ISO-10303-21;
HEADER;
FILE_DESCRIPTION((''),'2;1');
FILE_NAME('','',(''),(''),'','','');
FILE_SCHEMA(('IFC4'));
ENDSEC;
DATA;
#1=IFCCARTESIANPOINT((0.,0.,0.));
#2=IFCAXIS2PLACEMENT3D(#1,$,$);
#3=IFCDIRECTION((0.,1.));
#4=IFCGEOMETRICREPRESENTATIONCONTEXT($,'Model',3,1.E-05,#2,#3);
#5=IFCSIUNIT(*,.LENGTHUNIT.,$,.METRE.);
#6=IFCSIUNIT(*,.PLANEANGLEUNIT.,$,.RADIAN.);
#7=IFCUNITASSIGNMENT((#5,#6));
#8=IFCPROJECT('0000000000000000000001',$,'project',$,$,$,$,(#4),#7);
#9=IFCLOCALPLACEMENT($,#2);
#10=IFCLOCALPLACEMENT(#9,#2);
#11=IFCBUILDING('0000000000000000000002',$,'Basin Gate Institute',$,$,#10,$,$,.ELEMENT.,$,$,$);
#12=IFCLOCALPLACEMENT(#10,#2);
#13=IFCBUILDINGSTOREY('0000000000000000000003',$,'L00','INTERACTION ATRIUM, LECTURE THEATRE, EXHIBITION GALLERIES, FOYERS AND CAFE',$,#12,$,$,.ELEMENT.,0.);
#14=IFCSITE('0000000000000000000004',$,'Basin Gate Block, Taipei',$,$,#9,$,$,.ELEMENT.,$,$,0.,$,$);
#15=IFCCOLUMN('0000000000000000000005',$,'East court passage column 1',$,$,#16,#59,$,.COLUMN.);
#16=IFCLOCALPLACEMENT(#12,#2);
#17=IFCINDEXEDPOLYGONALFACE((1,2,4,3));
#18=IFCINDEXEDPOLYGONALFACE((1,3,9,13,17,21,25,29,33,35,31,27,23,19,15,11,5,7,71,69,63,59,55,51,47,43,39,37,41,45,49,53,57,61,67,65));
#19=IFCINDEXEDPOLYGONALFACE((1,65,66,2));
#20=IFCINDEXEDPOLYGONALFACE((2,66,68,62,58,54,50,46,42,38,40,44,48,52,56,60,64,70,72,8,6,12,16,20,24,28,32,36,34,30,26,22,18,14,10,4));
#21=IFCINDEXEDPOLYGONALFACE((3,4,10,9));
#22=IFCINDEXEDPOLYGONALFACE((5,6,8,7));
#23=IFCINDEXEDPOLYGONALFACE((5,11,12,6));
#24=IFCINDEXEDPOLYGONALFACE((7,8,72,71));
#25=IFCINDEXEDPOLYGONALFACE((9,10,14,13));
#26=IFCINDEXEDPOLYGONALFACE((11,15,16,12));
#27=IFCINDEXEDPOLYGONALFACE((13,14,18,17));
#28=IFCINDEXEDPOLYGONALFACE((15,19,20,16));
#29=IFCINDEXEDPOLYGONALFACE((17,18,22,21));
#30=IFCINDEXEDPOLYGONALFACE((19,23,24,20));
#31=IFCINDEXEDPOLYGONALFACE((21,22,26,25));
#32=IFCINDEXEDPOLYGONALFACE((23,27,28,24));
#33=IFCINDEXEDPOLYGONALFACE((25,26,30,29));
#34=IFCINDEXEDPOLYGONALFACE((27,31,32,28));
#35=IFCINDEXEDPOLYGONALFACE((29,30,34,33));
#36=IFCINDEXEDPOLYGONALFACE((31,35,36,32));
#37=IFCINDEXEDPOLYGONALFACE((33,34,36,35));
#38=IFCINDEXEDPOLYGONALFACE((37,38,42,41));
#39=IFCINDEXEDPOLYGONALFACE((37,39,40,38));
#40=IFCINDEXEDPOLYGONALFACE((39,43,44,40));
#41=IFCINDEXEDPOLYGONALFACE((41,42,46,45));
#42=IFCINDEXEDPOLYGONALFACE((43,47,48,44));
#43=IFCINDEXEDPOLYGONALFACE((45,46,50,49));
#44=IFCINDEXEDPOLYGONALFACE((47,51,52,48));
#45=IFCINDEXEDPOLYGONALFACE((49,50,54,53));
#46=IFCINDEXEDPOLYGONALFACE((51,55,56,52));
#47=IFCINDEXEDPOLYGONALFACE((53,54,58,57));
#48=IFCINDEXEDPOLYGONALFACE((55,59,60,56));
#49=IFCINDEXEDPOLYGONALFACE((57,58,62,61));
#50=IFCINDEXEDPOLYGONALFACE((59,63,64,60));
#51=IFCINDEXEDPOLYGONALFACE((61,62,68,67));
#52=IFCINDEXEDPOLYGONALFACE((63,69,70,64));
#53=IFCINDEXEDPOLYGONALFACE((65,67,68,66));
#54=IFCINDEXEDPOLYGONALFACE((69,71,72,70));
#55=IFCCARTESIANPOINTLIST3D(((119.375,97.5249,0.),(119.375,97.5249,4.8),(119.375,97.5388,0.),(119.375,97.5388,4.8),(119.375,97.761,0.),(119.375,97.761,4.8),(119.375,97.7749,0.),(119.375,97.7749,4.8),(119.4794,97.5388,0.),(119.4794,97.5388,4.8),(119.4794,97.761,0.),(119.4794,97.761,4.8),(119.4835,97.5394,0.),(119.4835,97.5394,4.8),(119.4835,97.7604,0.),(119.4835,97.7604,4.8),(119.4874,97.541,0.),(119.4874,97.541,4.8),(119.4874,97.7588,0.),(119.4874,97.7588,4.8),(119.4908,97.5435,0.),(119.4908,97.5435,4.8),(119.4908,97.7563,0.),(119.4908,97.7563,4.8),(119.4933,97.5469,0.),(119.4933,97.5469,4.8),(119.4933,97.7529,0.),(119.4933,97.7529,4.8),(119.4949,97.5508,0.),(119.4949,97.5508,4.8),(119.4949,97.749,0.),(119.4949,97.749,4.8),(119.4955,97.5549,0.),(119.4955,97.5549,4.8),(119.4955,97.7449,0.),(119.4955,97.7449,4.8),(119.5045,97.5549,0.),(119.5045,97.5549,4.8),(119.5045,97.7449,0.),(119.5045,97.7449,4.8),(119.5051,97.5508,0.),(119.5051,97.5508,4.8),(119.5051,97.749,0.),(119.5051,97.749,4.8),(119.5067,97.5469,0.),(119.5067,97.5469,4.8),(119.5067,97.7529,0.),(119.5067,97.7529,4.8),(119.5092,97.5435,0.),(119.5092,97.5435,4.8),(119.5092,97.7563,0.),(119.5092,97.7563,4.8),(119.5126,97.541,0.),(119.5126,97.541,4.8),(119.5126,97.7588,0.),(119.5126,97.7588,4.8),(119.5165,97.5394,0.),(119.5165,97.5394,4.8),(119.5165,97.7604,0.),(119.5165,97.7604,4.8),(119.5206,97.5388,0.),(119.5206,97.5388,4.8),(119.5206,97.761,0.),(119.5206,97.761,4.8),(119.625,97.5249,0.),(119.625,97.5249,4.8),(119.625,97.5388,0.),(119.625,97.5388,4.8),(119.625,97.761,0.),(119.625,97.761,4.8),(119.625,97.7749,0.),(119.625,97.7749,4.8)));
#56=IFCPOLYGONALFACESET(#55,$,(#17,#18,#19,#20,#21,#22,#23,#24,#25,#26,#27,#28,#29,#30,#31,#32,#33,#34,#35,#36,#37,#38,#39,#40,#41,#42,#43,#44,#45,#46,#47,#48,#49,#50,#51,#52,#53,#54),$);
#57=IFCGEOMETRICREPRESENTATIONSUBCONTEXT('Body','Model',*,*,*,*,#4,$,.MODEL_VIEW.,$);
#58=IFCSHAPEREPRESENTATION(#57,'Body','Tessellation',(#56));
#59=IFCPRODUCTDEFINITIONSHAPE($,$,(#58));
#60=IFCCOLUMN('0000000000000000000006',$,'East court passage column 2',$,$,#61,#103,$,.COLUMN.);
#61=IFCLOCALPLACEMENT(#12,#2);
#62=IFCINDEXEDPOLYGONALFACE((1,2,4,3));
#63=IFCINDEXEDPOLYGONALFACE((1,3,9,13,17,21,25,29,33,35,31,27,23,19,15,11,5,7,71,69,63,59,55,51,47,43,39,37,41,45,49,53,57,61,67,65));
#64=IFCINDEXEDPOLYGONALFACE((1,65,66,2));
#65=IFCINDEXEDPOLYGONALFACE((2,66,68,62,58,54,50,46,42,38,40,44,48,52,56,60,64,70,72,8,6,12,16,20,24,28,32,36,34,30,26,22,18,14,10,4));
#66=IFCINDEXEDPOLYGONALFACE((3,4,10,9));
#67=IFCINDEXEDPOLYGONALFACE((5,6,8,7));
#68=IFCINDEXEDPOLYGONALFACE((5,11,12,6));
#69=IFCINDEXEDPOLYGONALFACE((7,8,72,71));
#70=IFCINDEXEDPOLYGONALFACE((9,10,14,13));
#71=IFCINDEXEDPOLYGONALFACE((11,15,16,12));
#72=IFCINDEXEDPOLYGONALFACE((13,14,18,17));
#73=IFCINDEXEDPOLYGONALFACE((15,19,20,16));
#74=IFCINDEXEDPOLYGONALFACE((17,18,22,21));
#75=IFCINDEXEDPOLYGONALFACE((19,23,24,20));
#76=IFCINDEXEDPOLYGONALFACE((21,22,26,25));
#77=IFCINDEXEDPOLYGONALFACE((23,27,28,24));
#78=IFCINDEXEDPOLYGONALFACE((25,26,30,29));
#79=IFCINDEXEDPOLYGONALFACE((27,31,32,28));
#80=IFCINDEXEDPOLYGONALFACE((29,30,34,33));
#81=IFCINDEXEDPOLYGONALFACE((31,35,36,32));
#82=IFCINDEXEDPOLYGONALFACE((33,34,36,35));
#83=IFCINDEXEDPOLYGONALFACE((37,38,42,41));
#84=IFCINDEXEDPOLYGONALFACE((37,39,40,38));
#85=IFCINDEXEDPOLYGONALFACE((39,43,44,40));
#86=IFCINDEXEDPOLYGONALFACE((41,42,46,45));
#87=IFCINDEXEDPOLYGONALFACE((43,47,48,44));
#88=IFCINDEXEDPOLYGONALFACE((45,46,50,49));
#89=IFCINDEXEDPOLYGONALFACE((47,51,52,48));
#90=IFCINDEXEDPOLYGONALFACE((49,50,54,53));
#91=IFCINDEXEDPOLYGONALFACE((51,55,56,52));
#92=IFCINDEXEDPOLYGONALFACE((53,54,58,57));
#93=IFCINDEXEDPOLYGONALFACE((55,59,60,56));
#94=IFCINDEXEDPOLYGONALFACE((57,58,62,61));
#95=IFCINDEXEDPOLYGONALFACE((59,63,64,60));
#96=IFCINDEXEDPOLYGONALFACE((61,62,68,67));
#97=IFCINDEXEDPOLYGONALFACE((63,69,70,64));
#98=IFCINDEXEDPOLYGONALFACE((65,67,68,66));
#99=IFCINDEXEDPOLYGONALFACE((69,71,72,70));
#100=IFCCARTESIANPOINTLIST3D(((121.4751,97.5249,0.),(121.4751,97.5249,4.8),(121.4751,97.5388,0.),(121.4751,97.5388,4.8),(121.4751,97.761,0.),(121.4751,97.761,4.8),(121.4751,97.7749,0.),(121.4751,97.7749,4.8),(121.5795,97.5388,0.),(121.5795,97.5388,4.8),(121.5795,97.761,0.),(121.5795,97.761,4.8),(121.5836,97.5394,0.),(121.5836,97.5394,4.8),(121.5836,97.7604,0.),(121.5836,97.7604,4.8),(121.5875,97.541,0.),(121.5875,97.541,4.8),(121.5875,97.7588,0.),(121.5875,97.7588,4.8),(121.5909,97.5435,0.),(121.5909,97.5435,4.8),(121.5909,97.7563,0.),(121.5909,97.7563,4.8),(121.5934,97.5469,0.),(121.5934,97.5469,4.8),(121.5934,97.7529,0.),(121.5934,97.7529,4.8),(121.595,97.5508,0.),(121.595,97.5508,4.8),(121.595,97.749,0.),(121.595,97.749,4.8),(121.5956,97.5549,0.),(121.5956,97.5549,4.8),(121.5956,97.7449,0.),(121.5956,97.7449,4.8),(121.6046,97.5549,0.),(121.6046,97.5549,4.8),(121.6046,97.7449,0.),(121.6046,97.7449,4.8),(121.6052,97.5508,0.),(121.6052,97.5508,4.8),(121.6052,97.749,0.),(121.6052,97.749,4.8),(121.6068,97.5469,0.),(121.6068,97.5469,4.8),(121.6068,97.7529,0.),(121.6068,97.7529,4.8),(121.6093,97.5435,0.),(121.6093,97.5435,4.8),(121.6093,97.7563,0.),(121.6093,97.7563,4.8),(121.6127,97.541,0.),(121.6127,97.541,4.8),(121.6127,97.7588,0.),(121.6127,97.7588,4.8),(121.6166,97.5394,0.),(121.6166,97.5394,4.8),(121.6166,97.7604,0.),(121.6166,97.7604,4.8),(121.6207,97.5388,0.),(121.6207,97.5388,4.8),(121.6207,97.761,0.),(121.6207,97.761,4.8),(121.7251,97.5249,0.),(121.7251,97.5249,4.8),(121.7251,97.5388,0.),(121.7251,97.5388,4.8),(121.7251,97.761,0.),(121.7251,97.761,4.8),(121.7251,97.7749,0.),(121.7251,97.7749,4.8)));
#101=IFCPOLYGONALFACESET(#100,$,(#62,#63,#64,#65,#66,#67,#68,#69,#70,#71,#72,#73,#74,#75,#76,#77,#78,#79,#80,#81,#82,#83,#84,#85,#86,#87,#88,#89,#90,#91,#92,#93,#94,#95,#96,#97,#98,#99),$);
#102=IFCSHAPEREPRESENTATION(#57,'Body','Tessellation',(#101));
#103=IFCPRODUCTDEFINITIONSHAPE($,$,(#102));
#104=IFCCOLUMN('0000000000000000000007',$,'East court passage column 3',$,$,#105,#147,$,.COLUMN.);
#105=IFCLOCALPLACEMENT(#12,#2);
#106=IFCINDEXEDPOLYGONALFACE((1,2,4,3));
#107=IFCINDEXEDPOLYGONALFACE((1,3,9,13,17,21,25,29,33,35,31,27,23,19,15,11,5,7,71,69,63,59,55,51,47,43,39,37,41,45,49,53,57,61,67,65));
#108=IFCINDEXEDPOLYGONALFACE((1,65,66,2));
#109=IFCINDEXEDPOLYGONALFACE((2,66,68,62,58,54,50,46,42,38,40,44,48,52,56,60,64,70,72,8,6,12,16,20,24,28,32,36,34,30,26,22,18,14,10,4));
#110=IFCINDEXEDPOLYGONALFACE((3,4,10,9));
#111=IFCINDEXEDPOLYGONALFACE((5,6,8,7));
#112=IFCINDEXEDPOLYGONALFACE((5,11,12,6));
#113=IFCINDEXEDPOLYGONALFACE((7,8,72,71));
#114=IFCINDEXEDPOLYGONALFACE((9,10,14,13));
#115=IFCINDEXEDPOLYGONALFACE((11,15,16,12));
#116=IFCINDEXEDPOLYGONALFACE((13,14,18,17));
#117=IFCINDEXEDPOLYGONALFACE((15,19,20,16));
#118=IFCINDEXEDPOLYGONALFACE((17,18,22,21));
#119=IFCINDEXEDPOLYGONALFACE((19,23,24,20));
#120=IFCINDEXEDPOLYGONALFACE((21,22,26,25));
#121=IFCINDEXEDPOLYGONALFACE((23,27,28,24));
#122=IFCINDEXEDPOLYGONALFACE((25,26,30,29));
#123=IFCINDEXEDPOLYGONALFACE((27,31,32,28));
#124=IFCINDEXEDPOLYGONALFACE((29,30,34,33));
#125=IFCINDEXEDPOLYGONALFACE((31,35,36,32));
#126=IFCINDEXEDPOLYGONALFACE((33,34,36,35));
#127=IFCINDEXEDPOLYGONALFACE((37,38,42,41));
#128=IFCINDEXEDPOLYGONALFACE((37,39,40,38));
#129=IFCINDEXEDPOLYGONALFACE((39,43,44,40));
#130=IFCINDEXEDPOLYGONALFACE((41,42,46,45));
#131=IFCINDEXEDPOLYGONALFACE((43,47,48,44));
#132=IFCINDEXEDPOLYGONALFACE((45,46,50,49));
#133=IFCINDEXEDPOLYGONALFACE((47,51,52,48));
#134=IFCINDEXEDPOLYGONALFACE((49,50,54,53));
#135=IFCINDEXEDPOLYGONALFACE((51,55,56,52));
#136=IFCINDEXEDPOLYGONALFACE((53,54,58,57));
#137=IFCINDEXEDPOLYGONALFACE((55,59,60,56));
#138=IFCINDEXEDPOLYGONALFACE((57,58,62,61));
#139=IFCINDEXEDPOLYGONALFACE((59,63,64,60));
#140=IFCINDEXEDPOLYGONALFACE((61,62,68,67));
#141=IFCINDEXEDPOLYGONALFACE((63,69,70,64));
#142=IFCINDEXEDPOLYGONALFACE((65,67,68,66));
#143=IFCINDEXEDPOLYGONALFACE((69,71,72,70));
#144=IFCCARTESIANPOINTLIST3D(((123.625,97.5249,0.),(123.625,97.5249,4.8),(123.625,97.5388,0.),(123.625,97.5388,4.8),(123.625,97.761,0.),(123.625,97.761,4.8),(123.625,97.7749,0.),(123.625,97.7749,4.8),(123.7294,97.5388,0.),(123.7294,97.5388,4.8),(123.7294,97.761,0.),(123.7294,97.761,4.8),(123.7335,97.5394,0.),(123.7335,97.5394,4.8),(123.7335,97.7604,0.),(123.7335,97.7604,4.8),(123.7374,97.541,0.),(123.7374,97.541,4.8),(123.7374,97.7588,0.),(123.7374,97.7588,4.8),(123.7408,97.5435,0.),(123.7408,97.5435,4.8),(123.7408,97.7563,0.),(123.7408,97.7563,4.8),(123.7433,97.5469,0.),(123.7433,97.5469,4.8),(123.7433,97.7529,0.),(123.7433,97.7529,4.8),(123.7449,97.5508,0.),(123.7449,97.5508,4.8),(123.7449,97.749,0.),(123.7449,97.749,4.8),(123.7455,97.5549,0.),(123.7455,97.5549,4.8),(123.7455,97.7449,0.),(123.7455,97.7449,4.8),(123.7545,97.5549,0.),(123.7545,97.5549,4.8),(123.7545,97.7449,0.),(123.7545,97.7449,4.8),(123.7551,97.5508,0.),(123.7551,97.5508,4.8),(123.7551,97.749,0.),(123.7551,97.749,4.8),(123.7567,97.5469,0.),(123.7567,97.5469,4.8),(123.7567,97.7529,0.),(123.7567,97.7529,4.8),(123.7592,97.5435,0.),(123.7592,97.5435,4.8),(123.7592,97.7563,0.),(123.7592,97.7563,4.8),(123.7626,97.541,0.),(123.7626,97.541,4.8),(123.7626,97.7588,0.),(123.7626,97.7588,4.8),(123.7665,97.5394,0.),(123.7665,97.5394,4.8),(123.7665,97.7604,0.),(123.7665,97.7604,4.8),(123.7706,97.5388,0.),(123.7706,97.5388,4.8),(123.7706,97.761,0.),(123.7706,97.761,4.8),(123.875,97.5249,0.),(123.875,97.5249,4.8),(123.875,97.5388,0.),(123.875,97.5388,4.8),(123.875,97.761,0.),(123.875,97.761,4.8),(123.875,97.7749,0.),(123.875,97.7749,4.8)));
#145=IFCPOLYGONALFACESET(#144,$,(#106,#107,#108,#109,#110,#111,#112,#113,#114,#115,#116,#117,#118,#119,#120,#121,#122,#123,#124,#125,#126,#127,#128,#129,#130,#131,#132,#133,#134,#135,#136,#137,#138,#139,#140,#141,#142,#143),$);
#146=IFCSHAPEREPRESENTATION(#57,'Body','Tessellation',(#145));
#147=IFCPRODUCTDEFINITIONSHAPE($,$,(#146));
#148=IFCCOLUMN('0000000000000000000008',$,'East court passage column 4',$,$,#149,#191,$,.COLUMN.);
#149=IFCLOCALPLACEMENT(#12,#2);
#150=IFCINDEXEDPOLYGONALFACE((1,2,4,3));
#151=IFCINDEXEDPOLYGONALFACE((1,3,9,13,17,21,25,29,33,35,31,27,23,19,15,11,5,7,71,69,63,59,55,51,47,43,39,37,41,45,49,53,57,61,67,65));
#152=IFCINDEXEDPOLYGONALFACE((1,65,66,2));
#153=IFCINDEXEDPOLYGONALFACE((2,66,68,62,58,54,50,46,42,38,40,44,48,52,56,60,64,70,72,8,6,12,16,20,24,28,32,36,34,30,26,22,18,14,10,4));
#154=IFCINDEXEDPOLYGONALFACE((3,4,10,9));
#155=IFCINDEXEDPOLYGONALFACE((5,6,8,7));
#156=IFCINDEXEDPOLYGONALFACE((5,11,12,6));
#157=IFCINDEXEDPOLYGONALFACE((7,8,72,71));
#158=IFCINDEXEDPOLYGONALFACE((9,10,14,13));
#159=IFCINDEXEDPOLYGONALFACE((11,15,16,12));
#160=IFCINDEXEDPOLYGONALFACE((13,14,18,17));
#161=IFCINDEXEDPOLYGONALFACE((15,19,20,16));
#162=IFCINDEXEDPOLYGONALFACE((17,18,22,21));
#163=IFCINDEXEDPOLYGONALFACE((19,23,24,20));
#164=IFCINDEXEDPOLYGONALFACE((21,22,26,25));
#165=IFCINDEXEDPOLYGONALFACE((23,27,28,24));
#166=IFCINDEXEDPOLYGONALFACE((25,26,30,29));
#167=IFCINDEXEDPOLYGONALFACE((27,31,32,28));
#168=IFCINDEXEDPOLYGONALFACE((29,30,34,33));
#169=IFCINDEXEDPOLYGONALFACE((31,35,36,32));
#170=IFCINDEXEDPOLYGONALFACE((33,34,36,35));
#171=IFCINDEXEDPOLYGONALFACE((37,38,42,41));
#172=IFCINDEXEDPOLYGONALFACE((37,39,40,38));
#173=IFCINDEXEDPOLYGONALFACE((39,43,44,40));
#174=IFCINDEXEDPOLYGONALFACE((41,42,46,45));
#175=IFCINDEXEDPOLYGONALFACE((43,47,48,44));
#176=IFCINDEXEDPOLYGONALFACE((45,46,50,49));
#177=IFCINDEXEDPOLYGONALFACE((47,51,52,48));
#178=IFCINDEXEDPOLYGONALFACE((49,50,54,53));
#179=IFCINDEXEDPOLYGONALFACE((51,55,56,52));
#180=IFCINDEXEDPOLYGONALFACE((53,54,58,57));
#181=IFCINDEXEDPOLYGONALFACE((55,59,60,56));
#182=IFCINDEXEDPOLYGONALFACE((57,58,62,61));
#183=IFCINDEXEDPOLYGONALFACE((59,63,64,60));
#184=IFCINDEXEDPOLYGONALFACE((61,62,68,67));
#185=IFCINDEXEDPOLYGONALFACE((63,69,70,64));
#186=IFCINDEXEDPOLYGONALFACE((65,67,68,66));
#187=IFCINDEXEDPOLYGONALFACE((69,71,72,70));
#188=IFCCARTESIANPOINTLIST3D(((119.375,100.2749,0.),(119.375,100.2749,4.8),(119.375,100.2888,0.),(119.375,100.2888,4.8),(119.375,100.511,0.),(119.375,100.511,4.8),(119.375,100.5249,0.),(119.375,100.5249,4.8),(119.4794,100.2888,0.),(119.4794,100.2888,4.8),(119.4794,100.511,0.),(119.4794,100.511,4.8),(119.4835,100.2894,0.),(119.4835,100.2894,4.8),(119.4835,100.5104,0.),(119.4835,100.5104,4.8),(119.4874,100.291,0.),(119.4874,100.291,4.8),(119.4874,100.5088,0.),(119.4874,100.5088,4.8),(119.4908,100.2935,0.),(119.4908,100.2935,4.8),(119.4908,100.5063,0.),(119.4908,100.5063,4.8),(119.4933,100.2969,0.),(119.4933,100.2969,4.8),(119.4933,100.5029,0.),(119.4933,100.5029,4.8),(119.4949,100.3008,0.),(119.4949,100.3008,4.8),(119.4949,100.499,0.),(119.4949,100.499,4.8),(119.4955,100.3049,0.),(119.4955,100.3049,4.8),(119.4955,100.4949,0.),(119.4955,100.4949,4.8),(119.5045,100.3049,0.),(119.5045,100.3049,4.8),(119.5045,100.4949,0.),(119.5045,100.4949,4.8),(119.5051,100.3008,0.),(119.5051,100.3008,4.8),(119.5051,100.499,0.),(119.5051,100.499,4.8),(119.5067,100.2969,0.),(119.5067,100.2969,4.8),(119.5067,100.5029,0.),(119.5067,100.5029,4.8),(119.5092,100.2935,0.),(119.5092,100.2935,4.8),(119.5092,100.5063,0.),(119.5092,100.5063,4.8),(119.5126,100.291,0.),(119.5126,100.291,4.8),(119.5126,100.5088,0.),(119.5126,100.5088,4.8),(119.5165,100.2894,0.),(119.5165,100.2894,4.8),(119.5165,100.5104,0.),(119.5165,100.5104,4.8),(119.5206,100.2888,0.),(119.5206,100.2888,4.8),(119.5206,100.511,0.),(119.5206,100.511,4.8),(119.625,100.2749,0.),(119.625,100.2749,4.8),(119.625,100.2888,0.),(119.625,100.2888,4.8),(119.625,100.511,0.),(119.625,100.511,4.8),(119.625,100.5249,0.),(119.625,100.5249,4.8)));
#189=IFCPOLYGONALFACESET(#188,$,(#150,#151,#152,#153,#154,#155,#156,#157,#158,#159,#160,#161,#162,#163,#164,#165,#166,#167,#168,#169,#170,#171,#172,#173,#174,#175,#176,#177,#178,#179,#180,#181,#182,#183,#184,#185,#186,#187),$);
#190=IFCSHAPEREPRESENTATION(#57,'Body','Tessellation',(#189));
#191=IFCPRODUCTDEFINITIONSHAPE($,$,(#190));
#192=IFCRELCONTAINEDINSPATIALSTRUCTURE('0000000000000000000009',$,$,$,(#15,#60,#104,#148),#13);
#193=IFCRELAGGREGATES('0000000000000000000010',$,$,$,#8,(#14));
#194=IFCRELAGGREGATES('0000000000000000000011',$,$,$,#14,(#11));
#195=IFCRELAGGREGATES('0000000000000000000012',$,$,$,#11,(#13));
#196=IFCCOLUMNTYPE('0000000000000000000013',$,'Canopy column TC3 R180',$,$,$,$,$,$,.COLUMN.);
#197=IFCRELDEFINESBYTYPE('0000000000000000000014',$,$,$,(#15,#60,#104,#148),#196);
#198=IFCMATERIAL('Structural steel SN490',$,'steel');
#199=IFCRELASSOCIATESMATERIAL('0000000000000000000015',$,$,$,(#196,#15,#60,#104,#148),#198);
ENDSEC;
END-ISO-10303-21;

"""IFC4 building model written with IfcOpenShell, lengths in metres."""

from ifc_helpers import new_model, si_unit, direction, frame, origin, origin_2d, place, context, subcontext, project, spatial, i_section, extrude, material, material_profile, profile_set, type_object, element, save


model = new_model("IFC4")

# Units and contexts
model_context = context("Model", 3, precision=1e-05, world=origin(), true_north=direction((0.0, 1.0)))
body_context = subcontext(model_context, "Body", "Model", "MODEL_VIEW")
ifc_project = project(units=[si_unit("LENGTHUNIT", "METRE"), si_unit("PLANEANGLEUNIT", "RADIAN")], contexts=[model_context])

# Site, building, storey
site_placement = place(None, origin())
site = spatial("IfcSite", under=ifc_project, at=site_placement, Name="Basin Gate Block, Taipei", CompositionType="ELEMENT", RefElevation=0.0)
building_placement = place(site_placement, origin())
building = spatial("IfcBuilding", under=site, at=building_placement, Name="Basin Gate Institute", CompositionType="ELEMENT")
storey_placement = place(building_placement, origin())
storey = spatial("IfcBuildingStorey", under=building, at=storey_placement, Name="L00", Description="INTERACTION ATRIUM, LECTURE THEATRE, EXHIBITION GALLERIES, FOYERS AND CAFE", CompositionType="ELEMENT", Elevation=0.0)

# Columns
ifc_material_1 = material(Name="Structural steel SN490", Category="steel")
ifc_material_profile_1 = material_profile(ifc_material_1, i_section(OverallWidth=0.25, OverallDepth=0.25, WebThickness=0.009, FlangeThickness=0.0139, FilletRadius=0.0161, at=origin_2d()), Name="H250x250")
ifc_profile_set_1 = profile_set([ifc_material_profile_1], Name="Structural steel SN490")
column_type = type_object("IfcColumnType", Name="Canopy column TC3 R180", PredefinedType="COLUMN", material=ifc_profile_set_1)
for number, where, z_axis, x_axis, name in (
    (1, (119.5, 97.6499, 0.0), (0.0, 0.0, 1.0), (1.0, 0.0, 0.0), "East court passage column 1"),
    (2, (121.6001, 97.6499, 0.0), (0.0, 0.0, 1.0), (1.0, 0.0, 0.0), "East court passage column 2"),
    (3, (123.75, 97.6499, 0.0), (0.0, 0.0, 1.0), (1.0, 0.0, 0.0), "East court passage column 3"),
    (4, (119.5, 100.3999, 0.0), (0.0, 0.0, 1.0), (1.0, 0.0, 0.0), "East court passage column 4"),
):
    element("IfcColumn", number, at=place(storey_placement, frame(where, z_axis=z_axis, x_axis=x_axis)), inside=storey, type_object=column_type, material=ifc_profile_set_1, Name=name, PredefinedType="COLUMN", context=body_context, shape_type="SweptSolid", body=[
        extrude(i_section(OverallWidth=0.25, OverallDepth=0.25, WebThickness=0.009, FlangeThickness=0.0139, FilletRadius=0.0161, at=origin_2d()), origin(), (0.0, 0.0, 1.0), 4.8),
    ])

save(model, "model.ifc")
